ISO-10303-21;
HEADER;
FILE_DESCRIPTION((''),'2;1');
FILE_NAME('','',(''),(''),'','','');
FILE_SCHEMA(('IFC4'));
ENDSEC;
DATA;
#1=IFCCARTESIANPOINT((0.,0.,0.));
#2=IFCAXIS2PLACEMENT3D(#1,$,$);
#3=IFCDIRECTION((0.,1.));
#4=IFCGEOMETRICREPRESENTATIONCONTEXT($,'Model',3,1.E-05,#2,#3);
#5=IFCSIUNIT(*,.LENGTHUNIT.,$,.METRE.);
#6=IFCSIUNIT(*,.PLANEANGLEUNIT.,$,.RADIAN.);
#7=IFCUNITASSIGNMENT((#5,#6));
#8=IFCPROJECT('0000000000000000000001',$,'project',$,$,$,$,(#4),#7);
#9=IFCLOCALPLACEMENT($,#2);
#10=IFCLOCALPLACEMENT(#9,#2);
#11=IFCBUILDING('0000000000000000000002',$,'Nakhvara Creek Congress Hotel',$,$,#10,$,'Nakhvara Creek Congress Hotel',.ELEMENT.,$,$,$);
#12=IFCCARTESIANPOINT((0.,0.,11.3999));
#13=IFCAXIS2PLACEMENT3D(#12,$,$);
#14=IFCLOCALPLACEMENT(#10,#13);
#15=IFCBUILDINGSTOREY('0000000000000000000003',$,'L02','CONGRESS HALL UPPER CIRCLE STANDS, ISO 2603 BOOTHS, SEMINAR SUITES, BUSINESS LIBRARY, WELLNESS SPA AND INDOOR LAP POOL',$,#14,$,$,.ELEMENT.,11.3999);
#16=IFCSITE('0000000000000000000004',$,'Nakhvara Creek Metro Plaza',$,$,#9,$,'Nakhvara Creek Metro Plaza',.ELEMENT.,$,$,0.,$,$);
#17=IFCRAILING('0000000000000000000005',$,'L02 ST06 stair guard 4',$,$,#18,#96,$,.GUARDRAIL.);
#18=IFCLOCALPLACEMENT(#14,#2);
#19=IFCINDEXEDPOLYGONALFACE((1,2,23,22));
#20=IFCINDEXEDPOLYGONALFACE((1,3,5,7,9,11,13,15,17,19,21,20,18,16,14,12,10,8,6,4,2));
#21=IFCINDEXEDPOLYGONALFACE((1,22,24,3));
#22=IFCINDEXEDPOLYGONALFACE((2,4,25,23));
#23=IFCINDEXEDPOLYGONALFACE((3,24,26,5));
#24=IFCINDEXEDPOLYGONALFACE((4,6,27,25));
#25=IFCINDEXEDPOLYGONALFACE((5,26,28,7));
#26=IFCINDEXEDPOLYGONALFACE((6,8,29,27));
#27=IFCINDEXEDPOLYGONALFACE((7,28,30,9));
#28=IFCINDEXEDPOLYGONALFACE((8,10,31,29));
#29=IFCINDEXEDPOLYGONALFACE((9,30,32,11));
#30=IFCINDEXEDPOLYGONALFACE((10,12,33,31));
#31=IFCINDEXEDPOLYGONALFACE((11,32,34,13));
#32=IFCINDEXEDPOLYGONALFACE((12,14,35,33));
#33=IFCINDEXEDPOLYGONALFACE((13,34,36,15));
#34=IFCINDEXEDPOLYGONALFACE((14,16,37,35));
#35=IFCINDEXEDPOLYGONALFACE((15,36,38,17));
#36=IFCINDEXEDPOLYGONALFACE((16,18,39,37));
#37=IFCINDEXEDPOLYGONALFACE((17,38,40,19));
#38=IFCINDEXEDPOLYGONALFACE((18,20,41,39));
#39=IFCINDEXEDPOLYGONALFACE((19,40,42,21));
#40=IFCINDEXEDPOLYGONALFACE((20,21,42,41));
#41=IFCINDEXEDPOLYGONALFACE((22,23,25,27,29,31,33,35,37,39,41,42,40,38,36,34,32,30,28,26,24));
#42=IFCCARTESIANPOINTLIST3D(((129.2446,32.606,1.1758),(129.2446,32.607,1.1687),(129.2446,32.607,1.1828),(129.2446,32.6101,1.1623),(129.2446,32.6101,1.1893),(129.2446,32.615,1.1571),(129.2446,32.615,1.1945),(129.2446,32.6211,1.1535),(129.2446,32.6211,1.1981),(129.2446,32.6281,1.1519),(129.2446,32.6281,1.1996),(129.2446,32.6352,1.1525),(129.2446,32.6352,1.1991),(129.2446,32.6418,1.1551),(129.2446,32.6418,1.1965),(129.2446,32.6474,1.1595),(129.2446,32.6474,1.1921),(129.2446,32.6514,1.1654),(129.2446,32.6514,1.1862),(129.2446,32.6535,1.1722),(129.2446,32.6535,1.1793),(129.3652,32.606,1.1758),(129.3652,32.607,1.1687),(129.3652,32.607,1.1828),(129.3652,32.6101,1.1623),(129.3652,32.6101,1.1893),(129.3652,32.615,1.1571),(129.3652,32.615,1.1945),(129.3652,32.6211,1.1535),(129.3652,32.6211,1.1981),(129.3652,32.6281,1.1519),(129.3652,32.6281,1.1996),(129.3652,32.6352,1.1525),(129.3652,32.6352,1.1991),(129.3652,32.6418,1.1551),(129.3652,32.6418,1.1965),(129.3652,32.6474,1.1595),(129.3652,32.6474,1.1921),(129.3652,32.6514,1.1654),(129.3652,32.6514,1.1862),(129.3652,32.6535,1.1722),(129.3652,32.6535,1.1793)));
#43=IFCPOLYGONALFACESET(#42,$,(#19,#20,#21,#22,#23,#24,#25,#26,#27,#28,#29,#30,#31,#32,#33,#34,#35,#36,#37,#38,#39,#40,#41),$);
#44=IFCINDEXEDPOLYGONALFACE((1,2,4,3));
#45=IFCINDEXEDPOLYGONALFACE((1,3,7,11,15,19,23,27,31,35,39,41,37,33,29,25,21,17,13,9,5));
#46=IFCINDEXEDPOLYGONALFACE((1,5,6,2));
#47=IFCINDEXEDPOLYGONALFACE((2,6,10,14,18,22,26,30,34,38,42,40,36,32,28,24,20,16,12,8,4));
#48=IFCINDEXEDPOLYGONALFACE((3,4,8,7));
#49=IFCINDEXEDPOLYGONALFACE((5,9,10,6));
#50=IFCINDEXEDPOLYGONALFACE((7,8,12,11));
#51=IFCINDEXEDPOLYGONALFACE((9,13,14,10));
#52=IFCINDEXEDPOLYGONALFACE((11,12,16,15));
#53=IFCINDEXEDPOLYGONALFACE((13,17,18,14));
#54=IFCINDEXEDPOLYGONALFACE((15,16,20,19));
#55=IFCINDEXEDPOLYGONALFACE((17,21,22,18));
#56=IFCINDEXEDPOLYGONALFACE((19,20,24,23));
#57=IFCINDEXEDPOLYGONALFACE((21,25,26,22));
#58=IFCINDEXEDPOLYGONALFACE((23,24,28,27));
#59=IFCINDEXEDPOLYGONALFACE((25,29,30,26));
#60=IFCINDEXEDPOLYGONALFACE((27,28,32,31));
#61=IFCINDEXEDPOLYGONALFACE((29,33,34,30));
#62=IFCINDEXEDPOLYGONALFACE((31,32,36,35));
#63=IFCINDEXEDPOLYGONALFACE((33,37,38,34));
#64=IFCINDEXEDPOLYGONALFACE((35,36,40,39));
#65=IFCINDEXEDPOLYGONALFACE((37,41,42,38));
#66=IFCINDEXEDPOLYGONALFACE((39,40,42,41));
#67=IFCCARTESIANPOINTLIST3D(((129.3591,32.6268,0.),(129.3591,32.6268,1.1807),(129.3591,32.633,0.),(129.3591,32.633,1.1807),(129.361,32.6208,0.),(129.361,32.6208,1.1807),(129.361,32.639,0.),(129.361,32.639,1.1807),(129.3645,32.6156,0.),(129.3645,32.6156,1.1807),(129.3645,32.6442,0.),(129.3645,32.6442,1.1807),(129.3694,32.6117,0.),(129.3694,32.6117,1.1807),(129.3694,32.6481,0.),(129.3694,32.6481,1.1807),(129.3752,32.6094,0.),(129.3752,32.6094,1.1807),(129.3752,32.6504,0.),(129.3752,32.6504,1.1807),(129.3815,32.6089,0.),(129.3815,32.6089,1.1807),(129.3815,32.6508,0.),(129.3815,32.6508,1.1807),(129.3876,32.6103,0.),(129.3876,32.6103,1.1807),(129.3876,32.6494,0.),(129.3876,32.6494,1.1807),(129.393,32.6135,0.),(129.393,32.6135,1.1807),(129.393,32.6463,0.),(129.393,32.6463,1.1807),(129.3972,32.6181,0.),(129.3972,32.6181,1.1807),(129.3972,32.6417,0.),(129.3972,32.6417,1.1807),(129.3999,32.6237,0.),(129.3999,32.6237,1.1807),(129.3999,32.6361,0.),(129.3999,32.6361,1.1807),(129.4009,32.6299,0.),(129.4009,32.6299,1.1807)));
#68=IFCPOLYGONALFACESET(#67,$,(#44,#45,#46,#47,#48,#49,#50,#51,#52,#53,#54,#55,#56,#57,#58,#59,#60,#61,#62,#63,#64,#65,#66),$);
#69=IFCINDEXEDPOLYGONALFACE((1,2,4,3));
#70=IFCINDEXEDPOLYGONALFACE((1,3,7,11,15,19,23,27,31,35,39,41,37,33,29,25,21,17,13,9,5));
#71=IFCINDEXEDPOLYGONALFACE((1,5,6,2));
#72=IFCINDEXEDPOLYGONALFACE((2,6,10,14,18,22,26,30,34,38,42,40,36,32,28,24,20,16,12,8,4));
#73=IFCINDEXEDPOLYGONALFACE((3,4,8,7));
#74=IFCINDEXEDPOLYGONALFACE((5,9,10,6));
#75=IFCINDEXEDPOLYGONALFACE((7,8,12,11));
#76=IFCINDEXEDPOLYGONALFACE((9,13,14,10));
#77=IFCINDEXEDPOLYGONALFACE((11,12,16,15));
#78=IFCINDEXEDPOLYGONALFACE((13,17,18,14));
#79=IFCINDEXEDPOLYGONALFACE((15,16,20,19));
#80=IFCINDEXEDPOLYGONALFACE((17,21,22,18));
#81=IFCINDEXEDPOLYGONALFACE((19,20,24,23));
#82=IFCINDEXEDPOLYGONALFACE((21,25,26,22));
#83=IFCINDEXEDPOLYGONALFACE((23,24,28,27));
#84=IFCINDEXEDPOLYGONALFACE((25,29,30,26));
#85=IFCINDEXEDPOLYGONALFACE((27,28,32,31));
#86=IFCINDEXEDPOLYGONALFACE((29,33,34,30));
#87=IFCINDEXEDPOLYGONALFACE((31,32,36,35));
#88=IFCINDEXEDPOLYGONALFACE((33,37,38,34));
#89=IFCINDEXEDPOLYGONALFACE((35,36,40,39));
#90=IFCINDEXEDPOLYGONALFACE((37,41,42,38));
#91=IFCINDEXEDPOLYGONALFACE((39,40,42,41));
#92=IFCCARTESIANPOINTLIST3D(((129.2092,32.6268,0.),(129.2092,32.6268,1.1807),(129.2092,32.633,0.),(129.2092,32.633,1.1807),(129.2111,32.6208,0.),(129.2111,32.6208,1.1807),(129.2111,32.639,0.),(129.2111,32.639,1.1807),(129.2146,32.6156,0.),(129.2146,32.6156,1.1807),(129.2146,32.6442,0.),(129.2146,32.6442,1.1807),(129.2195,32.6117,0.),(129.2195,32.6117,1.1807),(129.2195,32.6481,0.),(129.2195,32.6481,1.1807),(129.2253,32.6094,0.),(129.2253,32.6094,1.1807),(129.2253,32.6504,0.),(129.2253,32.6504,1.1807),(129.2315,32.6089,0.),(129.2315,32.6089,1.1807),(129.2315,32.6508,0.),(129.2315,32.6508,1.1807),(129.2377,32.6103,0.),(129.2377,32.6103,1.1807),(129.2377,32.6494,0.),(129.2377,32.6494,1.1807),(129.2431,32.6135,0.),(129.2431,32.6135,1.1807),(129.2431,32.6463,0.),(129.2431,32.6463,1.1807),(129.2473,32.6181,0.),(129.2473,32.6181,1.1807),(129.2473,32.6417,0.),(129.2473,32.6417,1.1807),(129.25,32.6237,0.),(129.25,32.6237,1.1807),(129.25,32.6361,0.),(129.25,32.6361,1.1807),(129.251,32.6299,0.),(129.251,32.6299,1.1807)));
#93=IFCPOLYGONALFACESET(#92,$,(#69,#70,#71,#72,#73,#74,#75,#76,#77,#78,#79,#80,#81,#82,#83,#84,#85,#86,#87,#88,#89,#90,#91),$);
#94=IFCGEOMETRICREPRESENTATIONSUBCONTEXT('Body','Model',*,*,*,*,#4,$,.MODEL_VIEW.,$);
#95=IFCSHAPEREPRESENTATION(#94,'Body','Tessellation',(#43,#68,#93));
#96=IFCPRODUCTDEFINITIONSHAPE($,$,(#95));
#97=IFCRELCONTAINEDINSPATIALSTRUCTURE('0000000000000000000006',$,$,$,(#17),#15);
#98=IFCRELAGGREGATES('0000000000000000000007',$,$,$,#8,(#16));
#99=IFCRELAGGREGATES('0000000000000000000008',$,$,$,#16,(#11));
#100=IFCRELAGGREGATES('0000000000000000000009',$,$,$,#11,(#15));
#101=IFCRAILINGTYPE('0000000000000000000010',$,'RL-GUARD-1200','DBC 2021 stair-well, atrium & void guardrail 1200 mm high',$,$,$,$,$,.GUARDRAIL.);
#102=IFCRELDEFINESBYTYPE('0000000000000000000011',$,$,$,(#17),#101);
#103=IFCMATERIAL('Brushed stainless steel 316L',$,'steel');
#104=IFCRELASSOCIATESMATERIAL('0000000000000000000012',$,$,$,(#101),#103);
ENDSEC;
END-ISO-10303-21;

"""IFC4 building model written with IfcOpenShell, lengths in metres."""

from ifc_helpers import new_model, si_unit, direction, frame, origin, origin_2d, place, context, subcontext, project, spatial, circle, extrude, material, type_object, element, save


model = new_model("IFC4")

# Units and contexts
model_context = context("Model", 3, precision=1e-05, world=origin(), true_north=direction((0.0, 1.0)))
body_context = subcontext(model_context, "Body", "Model", "MODEL_VIEW")
ifc_project = project(units=[si_unit("LENGTHUNIT", "METRE"), si_unit("PLANEANGLEUNIT", "RADIAN")], contexts=[model_context])

# Site, building, storey
site_placement = place(None, origin())
site = spatial("IfcSite", under=ifc_project, at=site_placement, Name="Nakhvara Creek Metro Plaza", LongName="Nakhvara Creek Metro Plaza", CompositionType="ELEMENT", RefElevation=0.0)
building_placement = place(site_placement, origin())
building = spatial("IfcBuilding", under=site, at=building_placement, Name="Nakhvara Creek Congress Hotel", LongName="Nakhvara Creek Congress Hotel", CompositionType="ELEMENT")
storey_placement = place(building_placement, frame((0.0, 0.0, 11.3999)))
storey = spatial("IfcBuildingStorey", under=building, at=storey_placement, Name="L02", Description="CONGRESS HALL UPPER CIRCLE STANDS, ISO 2603 BOOTHS, SEMINAR SUITES, BUSINESS LIBRARY, WELLNESS SPA AND INDOOR LAP POOL", CompositionType="ELEMENT", Elevation=11.3999)

# Railing
ifc_material_1 = material(Name="Brushed stainless steel 316L", Category="steel")
railing_type_1 = type_object("IfcRailingType", Name="RL-GUARD-1200", Description="DBC 2021 stair-well, atrium & void guardrail 1200 mm high", PredefinedType="GUARDRAIL", material=ifc_material_1)
railing_1_placement = place(storey_placement, frame((129.3799, 32.6299, 0.0)))
element("IfcRailing", 1, at=railing_1_placement, inside=storey, type_object=railing_type_1, Name="L02 ST06 stair guard 4", PredefinedType="GUARDRAIL", context=body_context, shape_type="SweptSolid", body=[
    extrude(circle(Radius=0.0239, at=origin_2d()), frame((-0.0146, 0.0, 1.1758), z_axis=(-1.0, 0.0, 0.0), x_axis=(0.0, -1.0, 0.0)), (0.0, 0.0, 1.0), 0.1206),
    extrude(circle(Radius=0.021, at=origin_2d()), origin(), (0.0, 0.0, 1.0), 1.1807),
    extrude(circle(Radius=0.021, at=origin_2d()), frame((-0.1499, 0.0, 0.0)), (0.0, 0.0, 1.0), 1.1807),
])

save(model, "model.ifc")
